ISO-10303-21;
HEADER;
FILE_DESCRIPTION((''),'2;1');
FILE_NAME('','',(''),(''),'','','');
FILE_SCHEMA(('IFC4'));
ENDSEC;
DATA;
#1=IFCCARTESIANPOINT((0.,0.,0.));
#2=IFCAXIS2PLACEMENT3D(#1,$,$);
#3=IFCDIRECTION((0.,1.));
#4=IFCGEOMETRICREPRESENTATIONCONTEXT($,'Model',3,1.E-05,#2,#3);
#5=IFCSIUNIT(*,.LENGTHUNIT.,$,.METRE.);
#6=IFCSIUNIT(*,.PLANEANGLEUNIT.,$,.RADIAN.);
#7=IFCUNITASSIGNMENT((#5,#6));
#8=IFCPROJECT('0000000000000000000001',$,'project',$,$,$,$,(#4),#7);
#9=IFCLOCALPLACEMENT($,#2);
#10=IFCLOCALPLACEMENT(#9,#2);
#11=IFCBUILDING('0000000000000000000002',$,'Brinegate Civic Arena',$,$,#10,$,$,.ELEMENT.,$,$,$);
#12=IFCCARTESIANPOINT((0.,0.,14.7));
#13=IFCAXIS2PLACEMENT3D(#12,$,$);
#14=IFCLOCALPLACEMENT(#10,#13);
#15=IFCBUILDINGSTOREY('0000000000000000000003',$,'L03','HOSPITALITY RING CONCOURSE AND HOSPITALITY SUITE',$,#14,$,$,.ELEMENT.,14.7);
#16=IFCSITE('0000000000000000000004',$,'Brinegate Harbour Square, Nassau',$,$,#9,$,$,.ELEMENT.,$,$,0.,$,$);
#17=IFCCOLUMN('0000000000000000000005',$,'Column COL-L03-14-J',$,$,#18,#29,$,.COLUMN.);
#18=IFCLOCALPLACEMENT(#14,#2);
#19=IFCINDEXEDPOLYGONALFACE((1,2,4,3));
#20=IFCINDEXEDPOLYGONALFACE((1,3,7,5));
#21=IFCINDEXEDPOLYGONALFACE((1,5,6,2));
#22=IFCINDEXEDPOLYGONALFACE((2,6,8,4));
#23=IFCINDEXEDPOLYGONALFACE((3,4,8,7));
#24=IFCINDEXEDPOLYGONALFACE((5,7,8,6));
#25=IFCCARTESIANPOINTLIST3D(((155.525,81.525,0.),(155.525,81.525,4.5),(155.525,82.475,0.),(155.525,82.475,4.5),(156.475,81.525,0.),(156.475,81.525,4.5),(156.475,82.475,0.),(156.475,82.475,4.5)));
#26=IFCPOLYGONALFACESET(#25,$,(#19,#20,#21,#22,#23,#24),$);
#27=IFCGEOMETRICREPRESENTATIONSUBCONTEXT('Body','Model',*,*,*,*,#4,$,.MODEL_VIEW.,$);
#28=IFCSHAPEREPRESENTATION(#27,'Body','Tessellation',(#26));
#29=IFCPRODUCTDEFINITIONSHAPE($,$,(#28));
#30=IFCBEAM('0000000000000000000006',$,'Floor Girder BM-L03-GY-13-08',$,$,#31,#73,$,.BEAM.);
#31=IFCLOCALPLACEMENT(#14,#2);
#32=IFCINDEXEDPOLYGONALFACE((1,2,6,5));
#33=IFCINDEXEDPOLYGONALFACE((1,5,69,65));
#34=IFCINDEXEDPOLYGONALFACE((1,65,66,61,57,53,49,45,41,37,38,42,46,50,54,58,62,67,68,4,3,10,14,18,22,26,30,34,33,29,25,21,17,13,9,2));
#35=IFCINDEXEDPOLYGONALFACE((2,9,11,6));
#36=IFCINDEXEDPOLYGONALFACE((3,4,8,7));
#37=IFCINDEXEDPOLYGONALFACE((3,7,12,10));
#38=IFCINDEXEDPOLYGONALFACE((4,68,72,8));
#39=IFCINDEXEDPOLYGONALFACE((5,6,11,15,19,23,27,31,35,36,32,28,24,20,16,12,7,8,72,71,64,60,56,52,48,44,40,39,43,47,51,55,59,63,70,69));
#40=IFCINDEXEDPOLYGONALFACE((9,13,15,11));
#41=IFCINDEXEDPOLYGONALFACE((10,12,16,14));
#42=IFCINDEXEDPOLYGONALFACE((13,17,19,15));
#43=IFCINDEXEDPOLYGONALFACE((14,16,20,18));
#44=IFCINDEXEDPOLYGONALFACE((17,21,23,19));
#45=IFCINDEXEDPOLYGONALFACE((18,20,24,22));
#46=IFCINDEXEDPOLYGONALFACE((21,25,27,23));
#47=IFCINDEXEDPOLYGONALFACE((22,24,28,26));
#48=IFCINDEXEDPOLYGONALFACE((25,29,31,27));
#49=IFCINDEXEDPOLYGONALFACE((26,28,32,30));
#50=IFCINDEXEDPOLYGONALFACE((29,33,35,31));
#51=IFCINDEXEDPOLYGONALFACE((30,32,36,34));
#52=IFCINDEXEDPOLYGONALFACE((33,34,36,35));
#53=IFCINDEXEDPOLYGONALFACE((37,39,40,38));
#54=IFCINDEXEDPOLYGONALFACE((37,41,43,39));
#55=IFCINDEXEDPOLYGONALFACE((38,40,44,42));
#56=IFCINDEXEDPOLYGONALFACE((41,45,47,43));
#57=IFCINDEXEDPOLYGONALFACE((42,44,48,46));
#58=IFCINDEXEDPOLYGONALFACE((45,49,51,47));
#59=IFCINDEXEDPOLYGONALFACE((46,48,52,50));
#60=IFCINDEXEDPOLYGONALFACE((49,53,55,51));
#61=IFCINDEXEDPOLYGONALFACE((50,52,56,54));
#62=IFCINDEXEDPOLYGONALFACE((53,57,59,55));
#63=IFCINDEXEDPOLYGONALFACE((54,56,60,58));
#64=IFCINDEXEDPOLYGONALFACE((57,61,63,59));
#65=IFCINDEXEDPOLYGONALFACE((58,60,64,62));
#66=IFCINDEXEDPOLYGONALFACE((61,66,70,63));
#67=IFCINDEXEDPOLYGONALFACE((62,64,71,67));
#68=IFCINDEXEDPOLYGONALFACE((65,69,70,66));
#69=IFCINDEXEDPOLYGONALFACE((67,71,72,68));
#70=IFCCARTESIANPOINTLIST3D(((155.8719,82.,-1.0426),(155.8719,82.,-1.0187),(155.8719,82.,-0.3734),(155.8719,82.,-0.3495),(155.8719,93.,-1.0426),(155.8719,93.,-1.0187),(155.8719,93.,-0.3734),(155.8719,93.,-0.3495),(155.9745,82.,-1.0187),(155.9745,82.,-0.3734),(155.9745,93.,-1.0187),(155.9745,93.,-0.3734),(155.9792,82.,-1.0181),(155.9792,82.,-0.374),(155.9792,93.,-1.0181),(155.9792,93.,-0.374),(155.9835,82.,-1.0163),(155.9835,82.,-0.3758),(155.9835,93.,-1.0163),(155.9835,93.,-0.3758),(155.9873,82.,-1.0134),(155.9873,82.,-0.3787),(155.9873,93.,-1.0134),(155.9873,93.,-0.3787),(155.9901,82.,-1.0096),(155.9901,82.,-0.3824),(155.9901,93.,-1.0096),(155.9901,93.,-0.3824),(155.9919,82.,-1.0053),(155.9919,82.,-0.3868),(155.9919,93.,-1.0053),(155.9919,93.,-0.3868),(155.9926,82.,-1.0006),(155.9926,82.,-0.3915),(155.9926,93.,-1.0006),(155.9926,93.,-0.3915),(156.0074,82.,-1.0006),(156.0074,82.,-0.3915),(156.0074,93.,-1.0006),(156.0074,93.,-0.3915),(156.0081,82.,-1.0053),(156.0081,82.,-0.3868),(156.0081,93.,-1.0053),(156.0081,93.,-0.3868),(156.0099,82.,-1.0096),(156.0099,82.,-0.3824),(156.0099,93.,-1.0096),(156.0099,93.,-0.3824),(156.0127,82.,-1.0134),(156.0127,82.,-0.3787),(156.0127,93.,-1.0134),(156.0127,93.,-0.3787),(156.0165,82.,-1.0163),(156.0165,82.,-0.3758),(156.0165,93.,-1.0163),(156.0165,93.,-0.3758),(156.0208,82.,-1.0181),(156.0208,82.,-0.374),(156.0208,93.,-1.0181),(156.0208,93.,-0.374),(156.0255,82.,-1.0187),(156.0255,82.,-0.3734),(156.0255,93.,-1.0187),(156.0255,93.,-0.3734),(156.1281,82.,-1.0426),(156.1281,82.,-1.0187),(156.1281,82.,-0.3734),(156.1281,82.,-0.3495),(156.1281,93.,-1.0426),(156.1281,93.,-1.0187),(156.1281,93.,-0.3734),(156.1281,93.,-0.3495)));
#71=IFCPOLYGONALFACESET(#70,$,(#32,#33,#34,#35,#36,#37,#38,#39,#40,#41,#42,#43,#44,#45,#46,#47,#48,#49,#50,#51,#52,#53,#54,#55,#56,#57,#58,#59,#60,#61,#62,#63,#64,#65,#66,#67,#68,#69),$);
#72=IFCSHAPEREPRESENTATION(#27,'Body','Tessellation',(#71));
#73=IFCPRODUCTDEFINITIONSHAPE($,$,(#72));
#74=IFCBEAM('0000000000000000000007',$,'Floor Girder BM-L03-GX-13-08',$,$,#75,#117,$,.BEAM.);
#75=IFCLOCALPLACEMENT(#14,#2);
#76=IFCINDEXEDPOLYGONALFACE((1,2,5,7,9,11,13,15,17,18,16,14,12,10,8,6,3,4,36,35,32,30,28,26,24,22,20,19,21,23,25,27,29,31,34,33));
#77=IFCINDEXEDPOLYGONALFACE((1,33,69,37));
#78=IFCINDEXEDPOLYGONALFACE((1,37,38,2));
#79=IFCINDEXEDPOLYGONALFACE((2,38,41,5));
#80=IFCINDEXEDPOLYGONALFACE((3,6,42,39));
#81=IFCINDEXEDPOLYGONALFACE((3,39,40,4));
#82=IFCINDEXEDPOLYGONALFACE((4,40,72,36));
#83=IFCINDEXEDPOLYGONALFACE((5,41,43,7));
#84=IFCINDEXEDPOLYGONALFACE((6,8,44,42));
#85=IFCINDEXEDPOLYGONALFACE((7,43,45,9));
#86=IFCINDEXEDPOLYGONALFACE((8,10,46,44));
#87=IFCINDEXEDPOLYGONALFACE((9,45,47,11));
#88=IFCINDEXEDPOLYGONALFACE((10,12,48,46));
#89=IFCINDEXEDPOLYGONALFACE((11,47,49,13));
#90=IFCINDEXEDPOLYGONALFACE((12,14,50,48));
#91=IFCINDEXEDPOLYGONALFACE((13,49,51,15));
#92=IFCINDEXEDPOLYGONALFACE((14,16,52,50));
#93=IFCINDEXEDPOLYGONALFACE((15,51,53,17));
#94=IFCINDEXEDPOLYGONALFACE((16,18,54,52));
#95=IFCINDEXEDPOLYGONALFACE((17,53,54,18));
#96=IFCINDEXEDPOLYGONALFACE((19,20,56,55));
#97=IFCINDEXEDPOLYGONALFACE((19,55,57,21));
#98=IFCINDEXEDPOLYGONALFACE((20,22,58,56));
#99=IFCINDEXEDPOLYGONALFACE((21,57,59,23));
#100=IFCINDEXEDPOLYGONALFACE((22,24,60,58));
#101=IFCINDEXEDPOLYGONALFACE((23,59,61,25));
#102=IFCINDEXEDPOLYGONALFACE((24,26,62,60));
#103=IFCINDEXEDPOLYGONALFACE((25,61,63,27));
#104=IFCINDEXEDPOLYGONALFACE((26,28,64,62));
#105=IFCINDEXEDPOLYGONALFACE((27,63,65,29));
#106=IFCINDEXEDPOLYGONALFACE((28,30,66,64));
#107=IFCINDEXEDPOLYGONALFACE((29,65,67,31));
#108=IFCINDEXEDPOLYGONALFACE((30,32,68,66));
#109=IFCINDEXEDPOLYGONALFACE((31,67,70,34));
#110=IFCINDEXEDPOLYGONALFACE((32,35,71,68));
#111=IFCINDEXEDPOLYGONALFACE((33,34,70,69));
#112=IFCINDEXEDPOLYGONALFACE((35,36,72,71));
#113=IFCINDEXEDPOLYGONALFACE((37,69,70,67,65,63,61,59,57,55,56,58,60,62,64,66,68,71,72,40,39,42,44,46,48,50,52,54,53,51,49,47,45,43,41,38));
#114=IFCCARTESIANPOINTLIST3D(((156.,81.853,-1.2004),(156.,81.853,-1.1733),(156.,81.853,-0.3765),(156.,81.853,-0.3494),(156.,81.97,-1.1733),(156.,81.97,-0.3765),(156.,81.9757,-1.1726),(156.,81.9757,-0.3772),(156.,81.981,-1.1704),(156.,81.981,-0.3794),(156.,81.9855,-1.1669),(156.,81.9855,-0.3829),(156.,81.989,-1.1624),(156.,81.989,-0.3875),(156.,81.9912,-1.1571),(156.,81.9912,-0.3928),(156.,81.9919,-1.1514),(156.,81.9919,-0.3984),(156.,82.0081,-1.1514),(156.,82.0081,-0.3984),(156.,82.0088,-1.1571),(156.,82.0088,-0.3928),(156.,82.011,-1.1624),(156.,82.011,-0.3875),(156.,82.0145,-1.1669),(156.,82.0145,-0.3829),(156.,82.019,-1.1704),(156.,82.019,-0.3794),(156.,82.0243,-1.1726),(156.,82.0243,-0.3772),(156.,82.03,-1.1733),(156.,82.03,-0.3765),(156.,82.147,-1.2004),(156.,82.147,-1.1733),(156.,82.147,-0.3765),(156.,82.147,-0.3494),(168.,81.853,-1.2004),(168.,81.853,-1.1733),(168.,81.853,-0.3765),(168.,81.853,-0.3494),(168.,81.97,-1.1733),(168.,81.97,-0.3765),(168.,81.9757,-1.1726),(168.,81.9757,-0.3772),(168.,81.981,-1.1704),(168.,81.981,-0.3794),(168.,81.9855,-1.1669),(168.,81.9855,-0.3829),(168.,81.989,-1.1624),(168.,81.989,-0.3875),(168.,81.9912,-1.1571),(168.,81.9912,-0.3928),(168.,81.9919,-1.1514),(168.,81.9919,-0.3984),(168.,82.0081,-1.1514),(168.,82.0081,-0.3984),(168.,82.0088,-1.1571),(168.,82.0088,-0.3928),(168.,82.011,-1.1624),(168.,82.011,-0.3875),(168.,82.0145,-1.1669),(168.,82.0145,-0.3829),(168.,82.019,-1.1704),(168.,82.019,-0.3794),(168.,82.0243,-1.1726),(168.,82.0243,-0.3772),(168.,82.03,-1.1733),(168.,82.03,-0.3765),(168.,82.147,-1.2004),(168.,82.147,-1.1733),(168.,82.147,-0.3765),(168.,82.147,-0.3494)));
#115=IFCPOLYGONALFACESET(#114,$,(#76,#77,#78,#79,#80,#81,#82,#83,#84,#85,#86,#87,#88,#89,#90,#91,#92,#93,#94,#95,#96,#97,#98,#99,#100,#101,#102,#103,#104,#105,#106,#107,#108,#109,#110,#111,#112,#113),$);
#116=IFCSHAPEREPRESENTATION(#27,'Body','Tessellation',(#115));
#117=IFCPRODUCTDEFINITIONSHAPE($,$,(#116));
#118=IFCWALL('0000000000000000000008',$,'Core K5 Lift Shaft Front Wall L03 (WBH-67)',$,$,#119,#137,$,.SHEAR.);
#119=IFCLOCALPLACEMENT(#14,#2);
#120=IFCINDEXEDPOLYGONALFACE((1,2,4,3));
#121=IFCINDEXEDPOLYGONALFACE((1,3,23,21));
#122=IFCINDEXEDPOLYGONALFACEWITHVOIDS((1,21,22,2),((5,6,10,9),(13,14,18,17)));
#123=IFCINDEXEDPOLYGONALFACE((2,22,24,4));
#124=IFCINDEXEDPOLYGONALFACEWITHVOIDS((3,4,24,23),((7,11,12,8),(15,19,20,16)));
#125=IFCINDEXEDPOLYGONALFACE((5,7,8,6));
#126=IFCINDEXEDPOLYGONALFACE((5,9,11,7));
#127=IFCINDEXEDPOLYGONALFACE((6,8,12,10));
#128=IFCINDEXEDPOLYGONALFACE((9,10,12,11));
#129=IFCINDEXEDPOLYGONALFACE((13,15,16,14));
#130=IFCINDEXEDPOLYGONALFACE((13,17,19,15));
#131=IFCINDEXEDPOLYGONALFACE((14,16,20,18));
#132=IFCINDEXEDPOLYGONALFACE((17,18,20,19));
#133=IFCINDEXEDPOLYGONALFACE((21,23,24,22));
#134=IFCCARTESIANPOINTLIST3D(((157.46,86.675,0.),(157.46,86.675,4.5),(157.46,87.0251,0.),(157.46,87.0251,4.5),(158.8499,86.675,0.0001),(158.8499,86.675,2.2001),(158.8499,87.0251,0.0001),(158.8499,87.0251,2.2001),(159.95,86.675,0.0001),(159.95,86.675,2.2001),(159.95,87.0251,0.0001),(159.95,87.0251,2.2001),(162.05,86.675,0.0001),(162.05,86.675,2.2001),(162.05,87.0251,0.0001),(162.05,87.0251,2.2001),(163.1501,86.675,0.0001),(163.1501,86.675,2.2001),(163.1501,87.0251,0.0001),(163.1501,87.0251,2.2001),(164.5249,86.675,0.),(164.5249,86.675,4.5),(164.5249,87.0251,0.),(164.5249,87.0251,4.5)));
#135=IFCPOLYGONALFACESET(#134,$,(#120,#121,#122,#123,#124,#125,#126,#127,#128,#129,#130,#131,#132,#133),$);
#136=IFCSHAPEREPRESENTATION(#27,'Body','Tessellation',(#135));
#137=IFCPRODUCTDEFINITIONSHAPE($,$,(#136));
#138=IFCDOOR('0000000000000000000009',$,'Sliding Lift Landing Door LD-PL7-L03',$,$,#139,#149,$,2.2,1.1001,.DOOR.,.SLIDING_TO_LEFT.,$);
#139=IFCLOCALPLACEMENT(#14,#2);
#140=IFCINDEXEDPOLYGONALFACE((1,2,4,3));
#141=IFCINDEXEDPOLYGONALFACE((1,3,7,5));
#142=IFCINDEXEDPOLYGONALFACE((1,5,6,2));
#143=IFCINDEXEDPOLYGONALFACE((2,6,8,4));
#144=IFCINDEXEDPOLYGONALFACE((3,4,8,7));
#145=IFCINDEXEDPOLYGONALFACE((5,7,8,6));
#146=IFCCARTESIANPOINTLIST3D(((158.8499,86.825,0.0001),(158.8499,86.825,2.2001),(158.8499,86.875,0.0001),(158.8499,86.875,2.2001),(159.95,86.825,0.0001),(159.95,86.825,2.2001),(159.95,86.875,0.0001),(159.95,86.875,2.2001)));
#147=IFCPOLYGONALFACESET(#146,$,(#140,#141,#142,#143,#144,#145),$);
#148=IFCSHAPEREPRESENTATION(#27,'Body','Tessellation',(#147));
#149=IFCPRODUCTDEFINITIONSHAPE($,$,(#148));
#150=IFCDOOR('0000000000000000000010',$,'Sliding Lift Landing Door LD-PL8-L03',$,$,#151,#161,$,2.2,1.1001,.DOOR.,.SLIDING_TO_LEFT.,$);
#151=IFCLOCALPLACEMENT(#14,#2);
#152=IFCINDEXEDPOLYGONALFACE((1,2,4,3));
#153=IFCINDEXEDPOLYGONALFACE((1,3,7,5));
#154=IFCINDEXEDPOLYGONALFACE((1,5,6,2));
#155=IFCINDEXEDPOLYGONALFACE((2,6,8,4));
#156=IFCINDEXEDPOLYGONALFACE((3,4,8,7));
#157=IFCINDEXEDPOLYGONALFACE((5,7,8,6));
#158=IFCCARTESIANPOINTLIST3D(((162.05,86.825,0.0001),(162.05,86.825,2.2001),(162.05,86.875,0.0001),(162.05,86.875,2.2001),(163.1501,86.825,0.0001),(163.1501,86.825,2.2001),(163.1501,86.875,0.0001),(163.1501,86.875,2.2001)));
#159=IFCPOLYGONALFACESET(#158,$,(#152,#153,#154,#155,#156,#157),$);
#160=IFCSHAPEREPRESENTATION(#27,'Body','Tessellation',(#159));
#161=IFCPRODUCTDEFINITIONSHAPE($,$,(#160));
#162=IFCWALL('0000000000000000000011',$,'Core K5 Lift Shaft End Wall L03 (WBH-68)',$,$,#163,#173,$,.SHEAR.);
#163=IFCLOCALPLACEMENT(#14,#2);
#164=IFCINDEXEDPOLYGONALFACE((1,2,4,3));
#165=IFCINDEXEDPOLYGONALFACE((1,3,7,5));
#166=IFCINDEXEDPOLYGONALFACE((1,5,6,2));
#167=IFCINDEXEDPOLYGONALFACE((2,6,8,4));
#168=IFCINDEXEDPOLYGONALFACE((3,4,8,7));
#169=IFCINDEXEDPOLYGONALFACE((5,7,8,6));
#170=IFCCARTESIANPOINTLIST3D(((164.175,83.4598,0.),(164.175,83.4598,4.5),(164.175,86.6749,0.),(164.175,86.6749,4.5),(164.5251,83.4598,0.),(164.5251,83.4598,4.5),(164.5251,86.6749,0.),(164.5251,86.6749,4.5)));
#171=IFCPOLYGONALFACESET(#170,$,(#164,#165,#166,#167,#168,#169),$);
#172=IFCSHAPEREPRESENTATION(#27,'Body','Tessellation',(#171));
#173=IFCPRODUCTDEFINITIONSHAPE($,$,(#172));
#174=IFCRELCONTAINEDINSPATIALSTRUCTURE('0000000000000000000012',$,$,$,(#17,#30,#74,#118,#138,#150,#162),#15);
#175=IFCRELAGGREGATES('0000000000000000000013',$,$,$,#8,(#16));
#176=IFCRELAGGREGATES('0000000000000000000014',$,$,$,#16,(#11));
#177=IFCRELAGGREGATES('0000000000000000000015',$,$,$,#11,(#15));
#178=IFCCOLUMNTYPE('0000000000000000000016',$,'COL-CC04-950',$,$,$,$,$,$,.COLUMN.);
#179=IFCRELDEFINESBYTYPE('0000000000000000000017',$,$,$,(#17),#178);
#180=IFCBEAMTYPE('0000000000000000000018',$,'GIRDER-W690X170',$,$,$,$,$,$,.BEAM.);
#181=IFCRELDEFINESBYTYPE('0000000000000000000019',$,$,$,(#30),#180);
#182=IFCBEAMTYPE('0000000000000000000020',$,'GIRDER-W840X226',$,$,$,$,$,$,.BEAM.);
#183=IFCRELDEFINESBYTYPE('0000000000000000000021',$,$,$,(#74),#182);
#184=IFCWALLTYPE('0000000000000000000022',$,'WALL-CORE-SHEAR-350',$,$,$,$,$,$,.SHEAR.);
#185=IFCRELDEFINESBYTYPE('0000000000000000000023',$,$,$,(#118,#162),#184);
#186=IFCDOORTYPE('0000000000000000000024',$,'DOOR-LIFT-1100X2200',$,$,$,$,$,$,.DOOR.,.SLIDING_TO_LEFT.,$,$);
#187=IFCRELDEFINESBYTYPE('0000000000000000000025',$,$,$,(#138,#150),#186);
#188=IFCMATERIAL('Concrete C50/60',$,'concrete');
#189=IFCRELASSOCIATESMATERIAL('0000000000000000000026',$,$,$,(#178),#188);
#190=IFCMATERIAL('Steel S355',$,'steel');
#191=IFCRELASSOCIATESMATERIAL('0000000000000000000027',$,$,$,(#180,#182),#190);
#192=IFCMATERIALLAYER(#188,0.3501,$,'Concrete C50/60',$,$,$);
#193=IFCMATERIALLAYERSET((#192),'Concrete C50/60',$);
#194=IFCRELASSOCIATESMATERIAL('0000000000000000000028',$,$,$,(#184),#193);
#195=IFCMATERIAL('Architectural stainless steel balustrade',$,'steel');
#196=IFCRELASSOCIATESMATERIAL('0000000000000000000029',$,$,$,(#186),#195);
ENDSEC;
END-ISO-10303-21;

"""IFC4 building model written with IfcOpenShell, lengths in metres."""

from ifc_helpers import new_model, si_unit, direction, frame, frame_2d, origin, origin_2d, place, context, subcontext, project, spatial, rectangle, i_section, extrude, material, layer, layer_set, material_profile, profile_set, type_object, element, fill, save


model = new_model("IFC4")

# Units and contexts
model_context = context("Model", 3, precision=1e-05, world=origin(), true_north=direction((0.0, 1.0)))
body_context = subcontext(model_context, "Body", "Model", "MODEL_VIEW")
ifc_project = project(units=[si_unit("LENGTHUNIT", "METRE"), si_unit("PLANEANGLEUNIT", "RADIAN")], contexts=[model_context])

# Site, building, storey
site_placement = place(None, origin())
site = spatial("IfcSite", under=ifc_project, at=site_placement, Name="Brinegate Harbour Square, Nassau", CompositionType="ELEMENT", RefElevation=0.0)
building_placement = place(site_placement, origin())
building = spatial("IfcBuilding", under=site, at=building_placement, Name="Brinegate Civic Arena", CompositionType="ELEMENT")
storey_placement = place(building_placement, frame((0.0, 0.0, 14.7)))
storey = spatial("IfcBuildingStorey", under=building, at=storey_placement, Name="L03", Description="HOSPITALITY RING CONCOURSE AND HOSPITALITY SUITE", CompositionType="ELEMENT", Elevation=14.7)

# Column
ifc_material_1 = material(Name="Concrete C50/60", Category="concrete")
ifc_material_profile_1 = material_profile(ifc_material_1, rectangle(XDim=0.95, YDim=0.95, at=origin_2d()), Name="RC950X950")
ifc_profile_set_1 = profile_set([ifc_material_profile_1], Name="Concrete C50/60")
column_type = type_object("IfcColumnType", Name="COL-CC04-950", PredefinedType="COLUMN", material=ifc_profile_set_1)
column_placement = place(storey_placement, frame((156.0, 82.0, 0.0), z_axis=(0.0, 0.0, 1.0), x_axis=(1.0, 0.0, 0.0)))
element("IfcColumn", 1, at=column_placement, inside=storey, type_object=column_type, Name="Column COL-L03-14-J", PredefinedType="COLUMN", context=body_context, shape_type="SweptSolid", body=[
    extrude(rectangle(XDim=0.95, YDim=0.95, at=origin_2d()), origin(), (0.0, 0.0, 1.0), 4.5),
])

# Beams
ifc_material_2 = material(Name="Steel S355", Category="steel")
ifc_material_profile_2 = material_profile(ifc_material_2, i_section(OverallWidth=0.2561, OverallDepth=0.6931, WebThickness=0.0149, FlangeThickness=0.0239, FilletRadius=0.0181, at=origin_2d()), Name="W690X170")
ifc_profile_set_2 = profile_set([ifc_material_profile_2], Name="Steel S355")
beam_type_1 = type_object("IfcBeamType", Name="GIRDER-W690X170", PredefinedType="BEAM", material=ifc_profile_set_2)
beam_1_placement = place(storey_placement, frame((156.0, 82.0, -0.696), z_axis=(0.0, 1.0, 0.0), x_axis=(-1.0, 0.0, 0.0)))
element("IfcBeam", 2, at=beam_1_placement, inside=storey, type_object=beam_type_1, Name="Floor Girder BM-L03-GY-13-08", PredefinedType="BEAM", context=body_context, shape_type="SweptSolid", body=[
    extrude(i_section(OverallWidth=0.2561, OverallDepth=0.6931, WebThickness=0.0149, FlangeThickness=0.0239, FilletRadius=0.0181, at=origin_2d()), origin(), (0.0, 0.0, 1.0), 11.0),
])
ifc_material_profile_3 = material_profile(ifc_material_2, i_section(OverallWidth=0.2939, OverallDepth=0.8511, WebThickness=0.0161, FlangeThickness=0.0271, FilletRadius=0.022, at=origin_2d()), Name="W840X226")
ifc_profile_set_3 = profile_set([ifc_material_profile_3], Name="Steel S355")
beam_type_2 = type_object("IfcBeamType", Name="GIRDER-W840X226", PredefinedType="BEAM", material=ifc_profile_set_3)
beam_2_placement = place(storey_placement, frame((156.0, 82.0, -0.7749), z_axis=(1.0, 0.0, 0.0), x_axis=(0.0, 1.0, 0.0)))
element("IfcBeam", 3, at=beam_2_placement, inside=storey, type_object=beam_type_2, Name="Floor Girder BM-L03-GX-13-08", PredefinedType="BEAM", context=body_context, shape_type="SweptSolid", body=[
    extrude(i_section(OverallWidth=0.2939, OverallDepth=0.8511, WebThickness=0.0161, FlangeThickness=0.0271, FilletRadius=0.022, at=origin_2d()), origin(), (0.0, 0.0, 1.0), 12.0),
])

# Wall, openings, doors
ifc_layer_1 = layer(ifc_material_1, 0.3501, Name="Concrete C50/60")
ifc_layer_set_1 = layer_set([ifc_layer_1], Name="Concrete C50/60")
wall_type_1 = type_object("IfcWallType", Name="WALL-CORE-SHEAR-350", PredefinedType="SHEAR", material=ifc_layer_set_1)
wall_1_placement = place(storey_placement, frame((157.46, 86.8501, 0.0), z_axis=(0.0, 0.0, 1.0), x_axis=(1.0, 0.0, 0.0)))
wall_1 = element("IfcWall", 4, at=wall_1_placement, inside=storey, type_object=wall_type_1, Name="Core K5 Lift Shaft Front Wall L03 (WBH-67)", PredefinedType="SHEAR", context=body_context, shape_type="SweptSolid", body=[
    extrude(rectangle(XDim=7.0649, YDim=0.3501, at=frame_2d((3.5325, 0.0))), origin(), (0.0, 0.0, 1.0), 4.5),
])
opening_1_placement = place(wall_1_placement, frame((1.3899, 0.0, 0.0)))
opening_1 = element("IfcOpeningElement", 5, at=opening_1_placement, cuts=wall_1, PredefinedType="OPENING", context=body_context, shape_type="SweptSolid", body=[
    extrude(rectangle(XDim=1.1001, YDim=2.2, at=frame_2d((0.55, 1.1001))), frame((0.0, 0.1851, 0.0), z_axis=(0.0, -1.0, 0.0), x_axis=(1.0, 0.0, 0.0)), (0.0, 0.0, 1.0), 0.3701),
])
opening_2_placement = place(wall_1_placement, frame((4.5901, 0.0, 0.0)))
opening_2 = element("IfcOpeningElement", 6, at=opening_2_placement, cuts=wall_1, PredefinedType="OPENING", context=body_context, shape_type="SweptSolid", body=[
    extrude(rectangle(XDim=1.1001, YDim=2.2, at=frame_2d((0.55, 1.1001))), frame((0.0, 0.1851, 0.0), z_axis=(0.0, -1.0, 0.0), x_axis=(1.0, 0.0, 0.0)), (0.0, 0.0, 1.0), 0.3701),
])
ifc_material_3 = material(Name="Architectural stainless steel balustrade", Category="steel")
door_type_1 = type_object("IfcDoorType", Name="DOOR-LIFT-1100X2200", OperationType="SLIDING_TO_LEFT", PredefinedType="DOOR", material=ifc_material_3)
door_1_placement = place(opening_1_placement, origin())
door_1 = element("IfcDoor", 7, at=door_1_placement, inside=storey, type_object=door_type_1, Name="Sliding Lift Landing Door LD-PL7-L03", OperationType="SLIDING_TO_LEFT", OverallHeight=2.2, OverallWidth=1.1001, PredefinedType="DOOR", context=body_context, shape_type="SweptSolid", body=[
    extrude(rectangle(XDim=1.1001, YDim=2.2, at=frame_2d((0.55, 1.1001))), frame((0.0, 0.0249, 0.0), z_axis=(0.0, -1.0, 0.0), x_axis=(1.0, 0.0, 0.0)), (0.0, 0.0, 1.0), 0.05),
])
fill(opening_1, door_1)
door_2_placement = place(opening_2_placement, origin())
door_2 = element("IfcDoor", 8, at=door_2_placement, inside=storey, type_object=door_type_1, Name="Sliding Lift Landing Door LD-PL8-L03", OperationType="SLIDING_TO_LEFT", OverallHeight=2.2, OverallWidth=1.1001, PredefinedType="DOOR", context=body_context, shape_type="SweptSolid", body=[
    extrude(rectangle(XDim=1.1001, YDim=2.2, at=frame_2d((0.55, 1.1001))), frame((0.0, 0.0249, 0.0), z_axis=(0.0, -1.0, 0.0), x_axis=(1.0, 0.0, 0.0)), (0.0, 0.0, 1.0), 0.05),
])
fill(opening_2, door_2)

# Wall
wall_2_placement = place(storey_placement, frame((164.3501, 83.46, 0.0), z_axis=(0.0, 0.0, 1.0), x_axis=(0.0, 1.0, 0.0)))
element("IfcWall", 9, at=wall_2_placement, inside=storey, type_object=wall_type_1, Name="Core K5 Lift Shaft End Wall L03 (WBH-68)", PredefinedType="SHEAR", context=body_context, shape_type="SweptSolid", body=[
    extrude(rectangle(XDim=3.2151, YDim=0.3501, at=frame_2d((1.6074, 0.0))), origin(), (0.0, 0.0, 1.0), 4.5),
])

save(model, "model.ifc")
